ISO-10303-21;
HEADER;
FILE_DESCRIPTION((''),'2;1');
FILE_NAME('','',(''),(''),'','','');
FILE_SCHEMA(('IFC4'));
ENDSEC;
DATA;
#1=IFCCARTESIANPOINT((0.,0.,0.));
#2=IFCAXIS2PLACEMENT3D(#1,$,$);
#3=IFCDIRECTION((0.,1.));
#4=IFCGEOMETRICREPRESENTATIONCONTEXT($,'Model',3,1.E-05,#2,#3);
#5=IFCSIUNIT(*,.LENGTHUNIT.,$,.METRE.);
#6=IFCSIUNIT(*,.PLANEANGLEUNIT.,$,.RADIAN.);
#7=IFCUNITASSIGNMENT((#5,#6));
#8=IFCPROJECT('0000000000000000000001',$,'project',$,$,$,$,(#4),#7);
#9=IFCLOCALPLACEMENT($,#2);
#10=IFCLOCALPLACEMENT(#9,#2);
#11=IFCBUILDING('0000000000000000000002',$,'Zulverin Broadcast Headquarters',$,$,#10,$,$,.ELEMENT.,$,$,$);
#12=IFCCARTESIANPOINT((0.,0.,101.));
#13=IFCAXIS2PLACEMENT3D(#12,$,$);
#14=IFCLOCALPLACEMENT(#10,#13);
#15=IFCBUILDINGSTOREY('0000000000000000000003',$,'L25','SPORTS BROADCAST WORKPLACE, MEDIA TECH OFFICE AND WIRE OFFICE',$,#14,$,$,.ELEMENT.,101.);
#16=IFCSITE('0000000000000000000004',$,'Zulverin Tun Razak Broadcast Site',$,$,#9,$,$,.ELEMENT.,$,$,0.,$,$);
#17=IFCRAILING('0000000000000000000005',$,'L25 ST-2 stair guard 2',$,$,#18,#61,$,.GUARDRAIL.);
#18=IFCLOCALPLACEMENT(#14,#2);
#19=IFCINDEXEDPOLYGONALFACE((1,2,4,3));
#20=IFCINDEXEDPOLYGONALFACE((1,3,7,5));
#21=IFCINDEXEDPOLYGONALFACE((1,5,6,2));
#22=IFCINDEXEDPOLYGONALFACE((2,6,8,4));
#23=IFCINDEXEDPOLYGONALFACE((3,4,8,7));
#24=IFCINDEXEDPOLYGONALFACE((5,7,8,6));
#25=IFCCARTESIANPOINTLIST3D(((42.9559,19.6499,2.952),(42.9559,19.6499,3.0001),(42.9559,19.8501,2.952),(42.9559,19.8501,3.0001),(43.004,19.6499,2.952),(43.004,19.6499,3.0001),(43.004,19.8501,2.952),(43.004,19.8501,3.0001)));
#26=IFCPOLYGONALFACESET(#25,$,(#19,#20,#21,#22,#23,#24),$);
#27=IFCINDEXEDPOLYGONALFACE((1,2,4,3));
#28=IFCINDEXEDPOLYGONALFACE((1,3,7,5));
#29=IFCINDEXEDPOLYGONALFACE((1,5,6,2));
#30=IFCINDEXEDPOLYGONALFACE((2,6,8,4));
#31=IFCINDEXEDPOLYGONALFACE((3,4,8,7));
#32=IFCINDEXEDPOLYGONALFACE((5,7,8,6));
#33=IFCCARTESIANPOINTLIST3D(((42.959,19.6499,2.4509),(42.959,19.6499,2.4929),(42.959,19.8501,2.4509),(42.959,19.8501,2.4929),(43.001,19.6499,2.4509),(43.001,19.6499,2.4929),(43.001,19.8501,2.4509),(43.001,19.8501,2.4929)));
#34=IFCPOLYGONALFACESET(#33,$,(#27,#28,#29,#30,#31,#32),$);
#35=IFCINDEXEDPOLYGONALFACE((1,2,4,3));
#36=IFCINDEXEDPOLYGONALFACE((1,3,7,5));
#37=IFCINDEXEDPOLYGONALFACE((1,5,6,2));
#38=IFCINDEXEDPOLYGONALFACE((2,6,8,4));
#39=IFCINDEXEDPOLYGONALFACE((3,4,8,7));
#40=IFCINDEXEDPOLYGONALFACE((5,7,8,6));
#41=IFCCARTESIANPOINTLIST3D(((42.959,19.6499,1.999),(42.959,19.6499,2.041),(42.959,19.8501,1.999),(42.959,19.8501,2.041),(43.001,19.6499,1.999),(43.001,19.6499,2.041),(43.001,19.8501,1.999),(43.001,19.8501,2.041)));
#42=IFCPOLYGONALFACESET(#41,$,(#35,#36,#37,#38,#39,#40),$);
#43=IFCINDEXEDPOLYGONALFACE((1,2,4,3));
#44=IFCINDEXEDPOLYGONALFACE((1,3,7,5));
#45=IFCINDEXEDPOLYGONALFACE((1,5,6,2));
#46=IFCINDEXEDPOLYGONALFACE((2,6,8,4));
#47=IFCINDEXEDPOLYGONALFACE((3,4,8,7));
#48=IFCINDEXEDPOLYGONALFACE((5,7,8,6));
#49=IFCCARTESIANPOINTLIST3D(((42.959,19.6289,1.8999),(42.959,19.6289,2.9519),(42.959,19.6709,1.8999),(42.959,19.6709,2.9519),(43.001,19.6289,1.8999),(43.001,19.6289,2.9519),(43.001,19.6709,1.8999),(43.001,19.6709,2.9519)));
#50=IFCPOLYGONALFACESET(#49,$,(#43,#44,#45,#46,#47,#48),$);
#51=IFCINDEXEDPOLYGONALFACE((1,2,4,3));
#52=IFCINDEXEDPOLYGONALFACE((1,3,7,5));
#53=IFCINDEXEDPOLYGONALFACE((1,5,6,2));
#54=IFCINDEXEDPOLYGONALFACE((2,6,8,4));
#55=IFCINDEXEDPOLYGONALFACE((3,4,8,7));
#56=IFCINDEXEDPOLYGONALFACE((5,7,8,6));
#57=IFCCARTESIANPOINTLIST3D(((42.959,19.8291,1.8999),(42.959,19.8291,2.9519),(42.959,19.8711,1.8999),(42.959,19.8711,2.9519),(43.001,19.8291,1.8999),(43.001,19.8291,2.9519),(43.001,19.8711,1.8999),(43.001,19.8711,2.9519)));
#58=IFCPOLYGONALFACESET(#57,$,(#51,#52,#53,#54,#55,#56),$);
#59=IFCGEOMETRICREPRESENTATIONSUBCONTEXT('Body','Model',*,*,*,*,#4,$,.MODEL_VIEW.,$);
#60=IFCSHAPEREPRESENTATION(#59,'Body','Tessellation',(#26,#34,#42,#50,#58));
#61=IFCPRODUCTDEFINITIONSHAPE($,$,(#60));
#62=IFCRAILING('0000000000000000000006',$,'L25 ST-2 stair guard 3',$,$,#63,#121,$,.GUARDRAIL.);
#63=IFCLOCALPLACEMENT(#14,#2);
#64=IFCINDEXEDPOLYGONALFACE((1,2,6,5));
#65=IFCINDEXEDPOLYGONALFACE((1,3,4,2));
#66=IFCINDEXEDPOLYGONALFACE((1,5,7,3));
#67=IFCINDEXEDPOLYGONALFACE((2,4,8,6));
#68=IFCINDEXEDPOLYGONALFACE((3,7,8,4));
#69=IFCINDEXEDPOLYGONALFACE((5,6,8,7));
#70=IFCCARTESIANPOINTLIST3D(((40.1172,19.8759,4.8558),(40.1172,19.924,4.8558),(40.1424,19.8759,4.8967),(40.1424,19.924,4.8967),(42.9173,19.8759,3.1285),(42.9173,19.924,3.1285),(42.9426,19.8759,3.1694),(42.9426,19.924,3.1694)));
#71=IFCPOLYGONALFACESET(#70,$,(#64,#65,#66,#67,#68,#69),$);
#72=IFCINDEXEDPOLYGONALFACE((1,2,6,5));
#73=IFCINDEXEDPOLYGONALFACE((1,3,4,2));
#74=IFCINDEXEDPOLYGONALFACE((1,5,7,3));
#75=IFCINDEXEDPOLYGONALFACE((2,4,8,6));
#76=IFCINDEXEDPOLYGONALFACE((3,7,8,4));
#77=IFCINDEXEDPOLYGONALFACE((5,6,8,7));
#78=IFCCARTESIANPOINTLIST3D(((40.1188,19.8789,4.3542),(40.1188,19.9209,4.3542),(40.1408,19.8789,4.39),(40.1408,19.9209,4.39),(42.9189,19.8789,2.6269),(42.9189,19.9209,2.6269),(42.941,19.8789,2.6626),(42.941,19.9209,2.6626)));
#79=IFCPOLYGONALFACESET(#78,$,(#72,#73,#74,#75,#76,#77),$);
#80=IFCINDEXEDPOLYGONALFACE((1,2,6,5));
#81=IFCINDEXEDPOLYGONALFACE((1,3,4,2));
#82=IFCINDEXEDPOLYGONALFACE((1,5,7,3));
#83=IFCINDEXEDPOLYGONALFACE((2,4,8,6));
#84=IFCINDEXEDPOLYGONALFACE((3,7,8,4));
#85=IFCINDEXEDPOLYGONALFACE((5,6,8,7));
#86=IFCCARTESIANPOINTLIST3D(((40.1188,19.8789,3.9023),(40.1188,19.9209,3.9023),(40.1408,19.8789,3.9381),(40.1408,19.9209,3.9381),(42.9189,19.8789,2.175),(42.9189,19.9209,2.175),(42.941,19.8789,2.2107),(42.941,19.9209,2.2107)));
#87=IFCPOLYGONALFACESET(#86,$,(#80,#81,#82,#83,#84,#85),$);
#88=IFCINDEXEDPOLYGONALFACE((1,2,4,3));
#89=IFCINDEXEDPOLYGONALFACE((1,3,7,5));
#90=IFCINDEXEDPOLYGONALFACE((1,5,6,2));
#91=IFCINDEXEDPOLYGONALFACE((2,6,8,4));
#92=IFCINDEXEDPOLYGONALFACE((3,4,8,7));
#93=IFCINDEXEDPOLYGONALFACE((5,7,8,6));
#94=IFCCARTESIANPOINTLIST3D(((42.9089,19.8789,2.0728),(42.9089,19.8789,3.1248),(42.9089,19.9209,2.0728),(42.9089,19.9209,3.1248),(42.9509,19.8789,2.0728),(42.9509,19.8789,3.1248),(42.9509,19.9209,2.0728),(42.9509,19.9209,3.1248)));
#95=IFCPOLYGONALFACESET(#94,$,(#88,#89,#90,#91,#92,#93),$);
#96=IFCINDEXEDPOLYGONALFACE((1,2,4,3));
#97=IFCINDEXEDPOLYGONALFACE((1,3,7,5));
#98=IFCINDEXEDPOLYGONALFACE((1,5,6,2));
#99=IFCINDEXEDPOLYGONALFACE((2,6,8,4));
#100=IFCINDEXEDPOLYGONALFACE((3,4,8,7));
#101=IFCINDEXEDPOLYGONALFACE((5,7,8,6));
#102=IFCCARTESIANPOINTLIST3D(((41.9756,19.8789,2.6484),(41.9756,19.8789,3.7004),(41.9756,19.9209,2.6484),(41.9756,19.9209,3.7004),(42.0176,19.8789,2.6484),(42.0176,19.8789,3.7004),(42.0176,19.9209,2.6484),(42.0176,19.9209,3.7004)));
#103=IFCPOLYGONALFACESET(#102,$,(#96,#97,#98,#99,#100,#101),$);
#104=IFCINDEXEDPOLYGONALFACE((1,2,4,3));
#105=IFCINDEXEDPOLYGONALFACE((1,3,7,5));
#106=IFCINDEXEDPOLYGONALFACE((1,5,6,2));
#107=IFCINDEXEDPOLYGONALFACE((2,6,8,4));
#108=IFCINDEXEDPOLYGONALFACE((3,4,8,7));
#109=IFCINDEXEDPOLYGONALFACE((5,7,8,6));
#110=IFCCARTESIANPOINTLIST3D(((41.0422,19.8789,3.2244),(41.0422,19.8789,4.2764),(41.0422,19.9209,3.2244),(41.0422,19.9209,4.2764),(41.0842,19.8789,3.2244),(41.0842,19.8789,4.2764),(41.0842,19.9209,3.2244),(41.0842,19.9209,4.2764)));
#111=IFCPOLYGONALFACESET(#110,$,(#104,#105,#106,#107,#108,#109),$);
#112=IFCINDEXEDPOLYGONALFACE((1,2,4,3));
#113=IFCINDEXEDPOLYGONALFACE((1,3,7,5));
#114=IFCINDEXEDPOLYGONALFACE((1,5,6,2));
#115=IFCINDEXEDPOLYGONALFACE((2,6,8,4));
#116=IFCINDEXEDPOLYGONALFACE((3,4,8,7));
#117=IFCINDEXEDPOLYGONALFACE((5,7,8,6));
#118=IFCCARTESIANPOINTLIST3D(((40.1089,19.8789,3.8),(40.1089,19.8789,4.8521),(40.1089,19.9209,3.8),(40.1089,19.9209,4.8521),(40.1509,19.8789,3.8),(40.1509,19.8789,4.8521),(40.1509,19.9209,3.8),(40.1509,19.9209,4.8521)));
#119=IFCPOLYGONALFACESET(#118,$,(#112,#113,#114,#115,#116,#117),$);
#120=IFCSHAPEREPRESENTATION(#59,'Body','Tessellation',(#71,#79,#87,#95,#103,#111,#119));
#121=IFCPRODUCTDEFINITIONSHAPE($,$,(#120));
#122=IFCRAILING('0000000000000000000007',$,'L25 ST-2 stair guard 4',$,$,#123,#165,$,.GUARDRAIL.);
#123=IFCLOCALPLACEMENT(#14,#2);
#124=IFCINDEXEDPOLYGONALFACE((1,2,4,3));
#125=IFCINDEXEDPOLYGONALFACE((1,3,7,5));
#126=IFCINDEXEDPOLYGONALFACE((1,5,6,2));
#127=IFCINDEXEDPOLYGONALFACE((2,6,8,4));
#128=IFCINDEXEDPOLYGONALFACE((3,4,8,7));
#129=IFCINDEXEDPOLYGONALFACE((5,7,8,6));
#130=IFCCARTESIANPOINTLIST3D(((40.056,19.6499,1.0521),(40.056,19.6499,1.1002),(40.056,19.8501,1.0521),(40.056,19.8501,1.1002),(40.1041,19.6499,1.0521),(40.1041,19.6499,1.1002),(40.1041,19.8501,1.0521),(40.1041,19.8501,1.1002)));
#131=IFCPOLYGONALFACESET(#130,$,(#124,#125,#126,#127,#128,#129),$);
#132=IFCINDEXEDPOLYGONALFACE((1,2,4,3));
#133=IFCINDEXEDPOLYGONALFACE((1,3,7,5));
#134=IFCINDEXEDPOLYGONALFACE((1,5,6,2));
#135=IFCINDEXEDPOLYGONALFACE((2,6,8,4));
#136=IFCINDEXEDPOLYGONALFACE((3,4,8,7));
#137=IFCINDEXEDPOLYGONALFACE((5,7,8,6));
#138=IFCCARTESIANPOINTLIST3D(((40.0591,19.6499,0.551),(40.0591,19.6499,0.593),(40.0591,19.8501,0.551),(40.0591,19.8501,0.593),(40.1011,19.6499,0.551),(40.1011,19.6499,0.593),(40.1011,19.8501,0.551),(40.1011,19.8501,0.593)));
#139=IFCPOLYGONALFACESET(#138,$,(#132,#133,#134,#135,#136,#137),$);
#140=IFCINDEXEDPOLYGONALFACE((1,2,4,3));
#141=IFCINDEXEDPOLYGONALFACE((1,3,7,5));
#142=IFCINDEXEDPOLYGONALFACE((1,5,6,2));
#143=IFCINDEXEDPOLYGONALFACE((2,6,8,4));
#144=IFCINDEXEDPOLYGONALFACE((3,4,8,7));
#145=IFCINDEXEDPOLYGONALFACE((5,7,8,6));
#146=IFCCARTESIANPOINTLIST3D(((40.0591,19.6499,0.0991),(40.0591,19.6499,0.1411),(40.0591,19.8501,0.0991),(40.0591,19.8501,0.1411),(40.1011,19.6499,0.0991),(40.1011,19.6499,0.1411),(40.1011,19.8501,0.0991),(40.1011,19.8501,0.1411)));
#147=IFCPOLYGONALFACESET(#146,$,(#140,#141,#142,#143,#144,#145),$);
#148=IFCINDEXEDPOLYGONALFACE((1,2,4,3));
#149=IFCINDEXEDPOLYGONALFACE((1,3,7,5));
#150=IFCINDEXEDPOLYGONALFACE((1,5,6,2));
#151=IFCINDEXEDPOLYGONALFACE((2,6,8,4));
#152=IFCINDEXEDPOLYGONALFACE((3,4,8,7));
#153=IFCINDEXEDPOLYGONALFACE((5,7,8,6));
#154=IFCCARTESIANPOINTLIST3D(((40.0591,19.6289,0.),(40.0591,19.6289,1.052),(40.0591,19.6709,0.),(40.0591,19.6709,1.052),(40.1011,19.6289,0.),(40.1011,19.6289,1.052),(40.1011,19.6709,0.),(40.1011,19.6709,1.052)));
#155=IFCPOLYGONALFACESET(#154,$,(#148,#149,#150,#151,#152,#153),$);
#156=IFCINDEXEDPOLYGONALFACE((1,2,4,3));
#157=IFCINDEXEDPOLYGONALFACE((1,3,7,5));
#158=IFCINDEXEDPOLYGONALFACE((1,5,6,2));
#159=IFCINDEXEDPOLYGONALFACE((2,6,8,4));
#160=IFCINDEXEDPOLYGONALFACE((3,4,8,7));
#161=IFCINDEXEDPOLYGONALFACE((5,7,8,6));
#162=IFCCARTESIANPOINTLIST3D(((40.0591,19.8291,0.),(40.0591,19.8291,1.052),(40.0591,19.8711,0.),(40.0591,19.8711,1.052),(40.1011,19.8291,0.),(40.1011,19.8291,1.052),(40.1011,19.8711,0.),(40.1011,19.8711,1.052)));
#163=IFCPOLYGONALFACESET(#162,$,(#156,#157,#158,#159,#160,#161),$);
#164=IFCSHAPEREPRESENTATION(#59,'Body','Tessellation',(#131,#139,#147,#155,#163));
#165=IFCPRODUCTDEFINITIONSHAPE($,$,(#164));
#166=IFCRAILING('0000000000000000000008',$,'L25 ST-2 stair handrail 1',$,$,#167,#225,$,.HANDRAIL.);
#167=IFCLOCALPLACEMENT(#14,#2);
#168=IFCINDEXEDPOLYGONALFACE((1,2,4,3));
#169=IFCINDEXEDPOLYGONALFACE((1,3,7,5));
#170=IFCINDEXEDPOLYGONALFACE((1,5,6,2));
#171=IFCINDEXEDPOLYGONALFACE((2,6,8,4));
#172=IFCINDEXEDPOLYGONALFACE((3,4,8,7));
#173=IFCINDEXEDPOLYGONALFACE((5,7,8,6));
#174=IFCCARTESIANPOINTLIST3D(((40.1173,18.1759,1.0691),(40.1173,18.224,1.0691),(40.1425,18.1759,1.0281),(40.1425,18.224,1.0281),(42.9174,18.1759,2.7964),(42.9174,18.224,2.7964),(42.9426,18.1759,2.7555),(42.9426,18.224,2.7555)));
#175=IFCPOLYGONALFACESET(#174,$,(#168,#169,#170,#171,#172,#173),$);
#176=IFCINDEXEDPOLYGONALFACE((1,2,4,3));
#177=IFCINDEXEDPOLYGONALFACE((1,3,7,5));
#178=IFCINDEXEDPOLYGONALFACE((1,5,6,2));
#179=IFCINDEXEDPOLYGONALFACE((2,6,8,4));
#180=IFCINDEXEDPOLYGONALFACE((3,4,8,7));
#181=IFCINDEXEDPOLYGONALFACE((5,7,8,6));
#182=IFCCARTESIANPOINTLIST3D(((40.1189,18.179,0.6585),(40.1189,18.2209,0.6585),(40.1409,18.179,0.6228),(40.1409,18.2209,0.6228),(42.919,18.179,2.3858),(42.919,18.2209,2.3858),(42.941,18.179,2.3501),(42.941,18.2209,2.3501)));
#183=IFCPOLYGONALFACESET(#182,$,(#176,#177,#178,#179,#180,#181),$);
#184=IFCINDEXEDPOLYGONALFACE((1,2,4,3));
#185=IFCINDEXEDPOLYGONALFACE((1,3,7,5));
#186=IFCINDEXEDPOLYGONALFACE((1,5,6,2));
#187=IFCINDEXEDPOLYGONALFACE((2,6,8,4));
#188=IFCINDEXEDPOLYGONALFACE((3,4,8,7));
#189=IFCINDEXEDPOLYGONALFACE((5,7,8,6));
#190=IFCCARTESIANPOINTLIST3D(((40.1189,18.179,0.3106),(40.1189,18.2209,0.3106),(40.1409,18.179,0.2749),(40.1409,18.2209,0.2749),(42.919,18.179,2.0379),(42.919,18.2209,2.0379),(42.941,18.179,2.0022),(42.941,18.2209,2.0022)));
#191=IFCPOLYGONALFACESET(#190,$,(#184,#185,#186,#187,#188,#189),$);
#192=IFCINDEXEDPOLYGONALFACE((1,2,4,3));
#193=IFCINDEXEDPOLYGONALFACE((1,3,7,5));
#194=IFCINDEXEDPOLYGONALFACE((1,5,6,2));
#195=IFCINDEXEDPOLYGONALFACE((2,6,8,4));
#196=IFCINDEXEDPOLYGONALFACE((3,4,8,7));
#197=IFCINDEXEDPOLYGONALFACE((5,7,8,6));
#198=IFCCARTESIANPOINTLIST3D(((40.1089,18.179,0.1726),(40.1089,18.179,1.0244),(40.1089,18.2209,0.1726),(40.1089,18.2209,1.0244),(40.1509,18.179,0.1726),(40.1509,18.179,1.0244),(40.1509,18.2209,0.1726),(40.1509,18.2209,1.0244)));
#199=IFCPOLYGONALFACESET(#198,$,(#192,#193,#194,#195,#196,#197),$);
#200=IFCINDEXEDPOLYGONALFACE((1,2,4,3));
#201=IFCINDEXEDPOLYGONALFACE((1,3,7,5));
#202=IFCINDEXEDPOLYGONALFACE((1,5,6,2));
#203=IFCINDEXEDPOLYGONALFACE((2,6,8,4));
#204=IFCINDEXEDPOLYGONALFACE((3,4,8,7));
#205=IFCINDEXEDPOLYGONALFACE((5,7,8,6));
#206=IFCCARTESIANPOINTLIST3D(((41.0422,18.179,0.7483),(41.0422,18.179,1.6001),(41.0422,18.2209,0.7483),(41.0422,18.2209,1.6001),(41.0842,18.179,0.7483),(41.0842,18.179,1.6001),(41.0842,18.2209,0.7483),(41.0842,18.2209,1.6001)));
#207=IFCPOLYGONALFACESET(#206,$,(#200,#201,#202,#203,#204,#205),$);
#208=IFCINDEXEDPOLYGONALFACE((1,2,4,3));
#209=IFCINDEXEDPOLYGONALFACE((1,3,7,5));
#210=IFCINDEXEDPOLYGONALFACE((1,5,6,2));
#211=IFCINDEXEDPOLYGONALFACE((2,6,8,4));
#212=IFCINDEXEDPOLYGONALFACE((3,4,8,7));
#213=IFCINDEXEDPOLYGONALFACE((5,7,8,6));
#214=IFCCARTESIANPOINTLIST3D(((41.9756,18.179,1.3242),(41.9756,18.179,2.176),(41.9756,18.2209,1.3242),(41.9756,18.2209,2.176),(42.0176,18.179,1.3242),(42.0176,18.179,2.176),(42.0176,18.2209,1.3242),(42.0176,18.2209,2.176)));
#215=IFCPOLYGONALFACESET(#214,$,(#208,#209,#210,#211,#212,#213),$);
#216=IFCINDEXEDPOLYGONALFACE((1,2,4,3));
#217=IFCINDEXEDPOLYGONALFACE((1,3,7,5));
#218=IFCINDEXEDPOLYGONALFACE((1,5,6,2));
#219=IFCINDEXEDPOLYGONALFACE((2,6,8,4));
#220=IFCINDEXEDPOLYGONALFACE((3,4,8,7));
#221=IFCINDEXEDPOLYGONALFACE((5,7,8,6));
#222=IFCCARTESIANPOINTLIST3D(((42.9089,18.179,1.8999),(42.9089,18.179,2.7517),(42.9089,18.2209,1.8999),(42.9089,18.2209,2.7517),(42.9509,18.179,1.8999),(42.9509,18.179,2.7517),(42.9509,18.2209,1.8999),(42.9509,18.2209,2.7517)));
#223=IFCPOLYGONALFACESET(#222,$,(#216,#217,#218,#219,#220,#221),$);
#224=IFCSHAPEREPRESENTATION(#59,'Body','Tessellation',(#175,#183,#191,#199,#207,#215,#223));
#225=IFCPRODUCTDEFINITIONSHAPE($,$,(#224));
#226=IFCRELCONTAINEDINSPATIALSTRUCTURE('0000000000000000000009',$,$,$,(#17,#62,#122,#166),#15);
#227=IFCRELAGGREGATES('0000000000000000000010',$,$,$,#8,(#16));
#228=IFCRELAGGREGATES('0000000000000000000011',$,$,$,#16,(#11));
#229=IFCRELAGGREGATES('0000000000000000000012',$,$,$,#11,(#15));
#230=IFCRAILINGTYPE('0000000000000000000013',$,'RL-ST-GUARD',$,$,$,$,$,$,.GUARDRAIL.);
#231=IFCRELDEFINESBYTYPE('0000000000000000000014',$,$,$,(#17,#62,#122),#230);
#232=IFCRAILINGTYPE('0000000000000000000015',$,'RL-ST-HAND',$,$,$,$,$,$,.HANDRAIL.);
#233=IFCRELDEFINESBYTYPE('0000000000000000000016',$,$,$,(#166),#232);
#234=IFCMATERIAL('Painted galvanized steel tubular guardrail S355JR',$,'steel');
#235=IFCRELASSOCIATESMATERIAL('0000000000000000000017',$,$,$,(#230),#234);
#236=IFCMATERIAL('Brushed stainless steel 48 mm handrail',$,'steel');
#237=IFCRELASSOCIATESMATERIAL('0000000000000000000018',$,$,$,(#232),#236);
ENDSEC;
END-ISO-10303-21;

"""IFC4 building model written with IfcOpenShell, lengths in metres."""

from ifc_helpers import new_model, si_unit, direction, frame, origin, origin_2d, place, context, subcontext, project, spatial, rectangle, extrude, material, type_object, element, save


model = new_model("IFC4")

# Units and contexts
model_context = context("Model", 3, precision=1e-05, world=origin(), true_north=direction((0.0, 1.0)))
body_context = subcontext(model_context, "Body", "Model", "MODEL_VIEW")
ifc_project = project(units=[si_unit("LENGTHUNIT", "METRE"), si_unit("PLANEANGLEUNIT", "RADIAN")], contexts=[model_context])

# Site, building, storey
site_placement = place(None, origin())
site = spatial("IfcSite", under=ifc_project, at=site_placement, Name="Zulverin Tun Razak Broadcast Site", CompositionType="ELEMENT", RefElevation=0.0)
building_placement = place(site_placement, origin())
building = spatial("IfcBuilding", under=site, at=building_placement, Name="Zulverin Broadcast Headquarters", CompositionType="ELEMENT")
storey_placement = place(building_placement, frame((0.0, 0.0, 101.0)))
storey = spatial("IfcBuildingStorey", under=building, at=storey_placement, Name="L25", Description="SPORTS BROADCAST WORKPLACE, MEDIA TECH OFFICE AND WIRE OFFICE", CompositionType="ELEMENT", Elevation=101.0)

# Railings
ifc_material_1 = material(Name="Painted galvanized steel tubular guardrail S355JR", Category="steel")
railing_type_1 = type_object("IfcRailingType", Name="RL-ST-GUARD", PredefinedType="GUARDRAIL", material=ifc_material_1)
railing_1_placement = place(storey_placement, frame((42.98, 19.6499, 1.8999)))
element("IfcRailing", 1, at=railing_1_placement, inside=storey, type_object=railing_type_1, Name="L25 ST-2 stair guard 2", PredefinedType="GUARDRAIL", context=body_context, shape_type="SweptSolid", body=[
    extrude(rectangle(XDim=0.0481, YDim=0.0481, at=origin_2d()), frame((0.0, 0.0, 1.0762), z_axis=(0.0, 1.0, 0.0), x_axis=(-1.0, 0.0, 0.0)), (0.0, 0.0, 1.0), 0.2002),
    extrude(rectangle(XDim=0.042, YDim=0.042, at=origin_2d()), frame((0.0, 0.0, 0.572), z_axis=(0.0, 1.0, 0.0), x_axis=(-1.0, 0.0, 0.0)), (0.0, 0.0, 1.0), 0.2002),
    extrude(rectangle(XDim=0.042, YDim=0.042, at=origin_2d()), frame((0.0, 0.0, 0.1201), z_axis=(0.0, 1.0, 0.0), x_axis=(-1.0, 0.0, 0.0)), (0.0, 0.0, 1.0), 0.2002),
    extrude(rectangle(XDim=0.042, YDim=0.042, at=origin_2d()), origin(), (0.0, 0.0, 1.0), 1.052),
    extrude(rectangle(XDim=0.042, YDim=0.042, at=origin_2d()), frame((0.0, 0.2002, 0.0)), (0.0, 0.0, 1.0), 1.052),
])
railing_2_placement = place(storey_placement, frame((42.9299, 19.8999, 2.0728)))
element("IfcRailing", 2, at=railing_2_placement, inside=storey, type_object=railing_type_1, Name="L25 ST-2 stair guard 3", PredefinedType="GUARDRAIL", context=body_context, shape_type="SweptSolid", body=[
    extrude(rectangle(XDim=0.0481, YDim=0.0481, at=origin_2d()), frame((0.0, 0.0, 1.0762), z_axis=(-0.85109, 0.0, 0.52502), x_axis=(0.0, -1.0, 0.0)), (0.0, 0.0, 1.0), 3.29),
    extrude(rectangle(XDim=0.042, YDim=0.042, at=origin_2d()), frame((0.0, 0.0, 0.572), z_axis=(-0.85109, 0.0, 0.52502), x_axis=(0.0, -1.0, 0.0)), (0.0, 0.0, 1.0), 3.29),
    extrude(rectangle(XDim=0.042, YDim=0.042, at=origin_2d()), frame((0.0, 0.0, 0.1201), z_axis=(-0.85109, 0.0, 0.52502), x_axis=(0.0, -1.0, 0.0)), (0.0, 0.0, 1.0), 3.29),
    extrude(rectangle(XDim=0.042, YDim=0.042, at=origin_2d()), origin(), (0.0, 0.0, 1.0), 1.052),
    extrude(rectangle(XDim=0.042, YDim=0.042, at=origin_2d()), frame((-0.9333, 0.0, 0.5757)), (0.0, 0.0, 1.0), 1.052),
    extrude(rectangle(XDim=0.042, YDim=0.042, at=origin_2d()), frame((-1.8667, 0.0, 1.1516)), (0.0, 0.0, 1.0), 1.052),
    extrude(rectangle(XDim=0.042, YDim=0.042, at=origin_2d()), frame((-2.8, 0.0, 1.7273)), (0.0, 0.0, 1.0), 1.052),
])
railing_3_placement = place(storey_placement, frame((40.0801, 19.6499, 0.0)))
element("IfcRailing", 3, at=railing_3_placement, inside=storey, type_object=railing_type_1, Name="L25 ST-2 stair guard 4", PredefinedType="GUARDRAIL", context=body_context, shape_type="SweptSolid", body=[
    extrude(rectangle(XDim=0.0481, YDim=0.0481, at=origin_2d()), frame((0.0, 0.0, 1.0762), z_axis=(0.0, 1.0, 0.0), x_axis=(-1.0, 0.0, 0.0)), (0.0, 0.0, 1.0), 0.2002),
    extrude(rectangle(XDim=0.042, YDim=0.042, at=origin_2d()), frame((0.0, 0.0, 0.572), z_axis=(0.0, 1.0, 0.0), x_axis=(-1.0, 0.0, 0.0)), (0.0, 0.0, 1.0), 0.2002),
    extrude(rectangle(XDim=0.042, YDim=0.042, at=origin_2d()), frame((0.0, 0.0, 0.1201), z_axis=(0.0, 1.0, 0.0), x_axis=(-1.0, 0.0, 0.0)), (0.0, 0.0, 1.0), 0.2002),
    extrude(rectangle(XDim=0.042, YDim=0.042, at=origin_2d()), origin(), (0.0, 0.0, 1.0), 1.052),
    extrude(rectangle(XDim=0.042, YDim=0.042, at=origin_2d()), frame((0.0, 0.2002, 0.0)), (0.0, 0.0, 1.0), 1.052),
])
ifc_material_2 = material(Name="Brushed stainless steel 48 mm handrail", Category="steel")
railing_type_2 = type_object("IfcRailingType", Name="RL-ST-HAND", PredefinedType="HANDRAIL", material=ifc_material_2)
railing_4_placement = place(storey_placement, frame((40.1299, 18.2, 0.1726)))
element("IfcRailing", 4, at=railing_4_placement, inside=storey, type_object=railing_type_2, Name="L25 ST-2 stair handrail 1", PredefinedType="HANDRAIL", context=body_context, shape_type="SweptSolid", body=[
    extrude(rectangle(XDim=0.0481, YDim=0.0481, at=origin_2d()), frame((0.0, 0.0, 0.876), z_axis=(0.85109, 0.0, 0.52502), x_axis=(0.0, 1.0, 0.0)), (0.0, 0.0, 1.0), 3.29),
    extrude(rectangle(XDim=0.042, YDim=0.042, at=origin_2d()), frame((0.0, 0.0, 0.468), z_axis=(0.85109, 0.0, 0.52502), x_axis=(0.0, 1.0, 0.0)), (0.0, 0.0, 1.0), 3.29),
    extrude(rectangle(XDim=0.042, YDim=0.042, at=origin_2d()), frame((0.0, 0.0, 0.1201), z_axis=(0.85109, 0.0, 0.52502), x_axis=(0.0, 1.0, 0.0)), (0.0, 0.0, 1.0), 3.29),
    extrude(rectangle(XDim=0.042, YDim=0.042, at=origin_2d()), origin(), (0.0, 0.0, 1.0), 0.8518),
    extrude(rectangle(XDim=0.042, YDim=0.042, at=origin_2d()), frame((0.9333, 0.0, 0.5757)), (0.0, 0.0, 1.0), 0.8518),
    extrude(rectangle(XDim=0.042, YDim=0.042, at=origin_2d()), frame((1.8667, 0.0, 1.1516)), (0.0, 0.0, 1.0), 0.8518),
    extrude(rectangle(XDim=0.042, YDim=0.042, at=origin_2d()), frame((2.8, 0.0, 1.7273)), (0.0, 0.0, 1.0), 0.8518),
])

save(model, "model.ifc")
